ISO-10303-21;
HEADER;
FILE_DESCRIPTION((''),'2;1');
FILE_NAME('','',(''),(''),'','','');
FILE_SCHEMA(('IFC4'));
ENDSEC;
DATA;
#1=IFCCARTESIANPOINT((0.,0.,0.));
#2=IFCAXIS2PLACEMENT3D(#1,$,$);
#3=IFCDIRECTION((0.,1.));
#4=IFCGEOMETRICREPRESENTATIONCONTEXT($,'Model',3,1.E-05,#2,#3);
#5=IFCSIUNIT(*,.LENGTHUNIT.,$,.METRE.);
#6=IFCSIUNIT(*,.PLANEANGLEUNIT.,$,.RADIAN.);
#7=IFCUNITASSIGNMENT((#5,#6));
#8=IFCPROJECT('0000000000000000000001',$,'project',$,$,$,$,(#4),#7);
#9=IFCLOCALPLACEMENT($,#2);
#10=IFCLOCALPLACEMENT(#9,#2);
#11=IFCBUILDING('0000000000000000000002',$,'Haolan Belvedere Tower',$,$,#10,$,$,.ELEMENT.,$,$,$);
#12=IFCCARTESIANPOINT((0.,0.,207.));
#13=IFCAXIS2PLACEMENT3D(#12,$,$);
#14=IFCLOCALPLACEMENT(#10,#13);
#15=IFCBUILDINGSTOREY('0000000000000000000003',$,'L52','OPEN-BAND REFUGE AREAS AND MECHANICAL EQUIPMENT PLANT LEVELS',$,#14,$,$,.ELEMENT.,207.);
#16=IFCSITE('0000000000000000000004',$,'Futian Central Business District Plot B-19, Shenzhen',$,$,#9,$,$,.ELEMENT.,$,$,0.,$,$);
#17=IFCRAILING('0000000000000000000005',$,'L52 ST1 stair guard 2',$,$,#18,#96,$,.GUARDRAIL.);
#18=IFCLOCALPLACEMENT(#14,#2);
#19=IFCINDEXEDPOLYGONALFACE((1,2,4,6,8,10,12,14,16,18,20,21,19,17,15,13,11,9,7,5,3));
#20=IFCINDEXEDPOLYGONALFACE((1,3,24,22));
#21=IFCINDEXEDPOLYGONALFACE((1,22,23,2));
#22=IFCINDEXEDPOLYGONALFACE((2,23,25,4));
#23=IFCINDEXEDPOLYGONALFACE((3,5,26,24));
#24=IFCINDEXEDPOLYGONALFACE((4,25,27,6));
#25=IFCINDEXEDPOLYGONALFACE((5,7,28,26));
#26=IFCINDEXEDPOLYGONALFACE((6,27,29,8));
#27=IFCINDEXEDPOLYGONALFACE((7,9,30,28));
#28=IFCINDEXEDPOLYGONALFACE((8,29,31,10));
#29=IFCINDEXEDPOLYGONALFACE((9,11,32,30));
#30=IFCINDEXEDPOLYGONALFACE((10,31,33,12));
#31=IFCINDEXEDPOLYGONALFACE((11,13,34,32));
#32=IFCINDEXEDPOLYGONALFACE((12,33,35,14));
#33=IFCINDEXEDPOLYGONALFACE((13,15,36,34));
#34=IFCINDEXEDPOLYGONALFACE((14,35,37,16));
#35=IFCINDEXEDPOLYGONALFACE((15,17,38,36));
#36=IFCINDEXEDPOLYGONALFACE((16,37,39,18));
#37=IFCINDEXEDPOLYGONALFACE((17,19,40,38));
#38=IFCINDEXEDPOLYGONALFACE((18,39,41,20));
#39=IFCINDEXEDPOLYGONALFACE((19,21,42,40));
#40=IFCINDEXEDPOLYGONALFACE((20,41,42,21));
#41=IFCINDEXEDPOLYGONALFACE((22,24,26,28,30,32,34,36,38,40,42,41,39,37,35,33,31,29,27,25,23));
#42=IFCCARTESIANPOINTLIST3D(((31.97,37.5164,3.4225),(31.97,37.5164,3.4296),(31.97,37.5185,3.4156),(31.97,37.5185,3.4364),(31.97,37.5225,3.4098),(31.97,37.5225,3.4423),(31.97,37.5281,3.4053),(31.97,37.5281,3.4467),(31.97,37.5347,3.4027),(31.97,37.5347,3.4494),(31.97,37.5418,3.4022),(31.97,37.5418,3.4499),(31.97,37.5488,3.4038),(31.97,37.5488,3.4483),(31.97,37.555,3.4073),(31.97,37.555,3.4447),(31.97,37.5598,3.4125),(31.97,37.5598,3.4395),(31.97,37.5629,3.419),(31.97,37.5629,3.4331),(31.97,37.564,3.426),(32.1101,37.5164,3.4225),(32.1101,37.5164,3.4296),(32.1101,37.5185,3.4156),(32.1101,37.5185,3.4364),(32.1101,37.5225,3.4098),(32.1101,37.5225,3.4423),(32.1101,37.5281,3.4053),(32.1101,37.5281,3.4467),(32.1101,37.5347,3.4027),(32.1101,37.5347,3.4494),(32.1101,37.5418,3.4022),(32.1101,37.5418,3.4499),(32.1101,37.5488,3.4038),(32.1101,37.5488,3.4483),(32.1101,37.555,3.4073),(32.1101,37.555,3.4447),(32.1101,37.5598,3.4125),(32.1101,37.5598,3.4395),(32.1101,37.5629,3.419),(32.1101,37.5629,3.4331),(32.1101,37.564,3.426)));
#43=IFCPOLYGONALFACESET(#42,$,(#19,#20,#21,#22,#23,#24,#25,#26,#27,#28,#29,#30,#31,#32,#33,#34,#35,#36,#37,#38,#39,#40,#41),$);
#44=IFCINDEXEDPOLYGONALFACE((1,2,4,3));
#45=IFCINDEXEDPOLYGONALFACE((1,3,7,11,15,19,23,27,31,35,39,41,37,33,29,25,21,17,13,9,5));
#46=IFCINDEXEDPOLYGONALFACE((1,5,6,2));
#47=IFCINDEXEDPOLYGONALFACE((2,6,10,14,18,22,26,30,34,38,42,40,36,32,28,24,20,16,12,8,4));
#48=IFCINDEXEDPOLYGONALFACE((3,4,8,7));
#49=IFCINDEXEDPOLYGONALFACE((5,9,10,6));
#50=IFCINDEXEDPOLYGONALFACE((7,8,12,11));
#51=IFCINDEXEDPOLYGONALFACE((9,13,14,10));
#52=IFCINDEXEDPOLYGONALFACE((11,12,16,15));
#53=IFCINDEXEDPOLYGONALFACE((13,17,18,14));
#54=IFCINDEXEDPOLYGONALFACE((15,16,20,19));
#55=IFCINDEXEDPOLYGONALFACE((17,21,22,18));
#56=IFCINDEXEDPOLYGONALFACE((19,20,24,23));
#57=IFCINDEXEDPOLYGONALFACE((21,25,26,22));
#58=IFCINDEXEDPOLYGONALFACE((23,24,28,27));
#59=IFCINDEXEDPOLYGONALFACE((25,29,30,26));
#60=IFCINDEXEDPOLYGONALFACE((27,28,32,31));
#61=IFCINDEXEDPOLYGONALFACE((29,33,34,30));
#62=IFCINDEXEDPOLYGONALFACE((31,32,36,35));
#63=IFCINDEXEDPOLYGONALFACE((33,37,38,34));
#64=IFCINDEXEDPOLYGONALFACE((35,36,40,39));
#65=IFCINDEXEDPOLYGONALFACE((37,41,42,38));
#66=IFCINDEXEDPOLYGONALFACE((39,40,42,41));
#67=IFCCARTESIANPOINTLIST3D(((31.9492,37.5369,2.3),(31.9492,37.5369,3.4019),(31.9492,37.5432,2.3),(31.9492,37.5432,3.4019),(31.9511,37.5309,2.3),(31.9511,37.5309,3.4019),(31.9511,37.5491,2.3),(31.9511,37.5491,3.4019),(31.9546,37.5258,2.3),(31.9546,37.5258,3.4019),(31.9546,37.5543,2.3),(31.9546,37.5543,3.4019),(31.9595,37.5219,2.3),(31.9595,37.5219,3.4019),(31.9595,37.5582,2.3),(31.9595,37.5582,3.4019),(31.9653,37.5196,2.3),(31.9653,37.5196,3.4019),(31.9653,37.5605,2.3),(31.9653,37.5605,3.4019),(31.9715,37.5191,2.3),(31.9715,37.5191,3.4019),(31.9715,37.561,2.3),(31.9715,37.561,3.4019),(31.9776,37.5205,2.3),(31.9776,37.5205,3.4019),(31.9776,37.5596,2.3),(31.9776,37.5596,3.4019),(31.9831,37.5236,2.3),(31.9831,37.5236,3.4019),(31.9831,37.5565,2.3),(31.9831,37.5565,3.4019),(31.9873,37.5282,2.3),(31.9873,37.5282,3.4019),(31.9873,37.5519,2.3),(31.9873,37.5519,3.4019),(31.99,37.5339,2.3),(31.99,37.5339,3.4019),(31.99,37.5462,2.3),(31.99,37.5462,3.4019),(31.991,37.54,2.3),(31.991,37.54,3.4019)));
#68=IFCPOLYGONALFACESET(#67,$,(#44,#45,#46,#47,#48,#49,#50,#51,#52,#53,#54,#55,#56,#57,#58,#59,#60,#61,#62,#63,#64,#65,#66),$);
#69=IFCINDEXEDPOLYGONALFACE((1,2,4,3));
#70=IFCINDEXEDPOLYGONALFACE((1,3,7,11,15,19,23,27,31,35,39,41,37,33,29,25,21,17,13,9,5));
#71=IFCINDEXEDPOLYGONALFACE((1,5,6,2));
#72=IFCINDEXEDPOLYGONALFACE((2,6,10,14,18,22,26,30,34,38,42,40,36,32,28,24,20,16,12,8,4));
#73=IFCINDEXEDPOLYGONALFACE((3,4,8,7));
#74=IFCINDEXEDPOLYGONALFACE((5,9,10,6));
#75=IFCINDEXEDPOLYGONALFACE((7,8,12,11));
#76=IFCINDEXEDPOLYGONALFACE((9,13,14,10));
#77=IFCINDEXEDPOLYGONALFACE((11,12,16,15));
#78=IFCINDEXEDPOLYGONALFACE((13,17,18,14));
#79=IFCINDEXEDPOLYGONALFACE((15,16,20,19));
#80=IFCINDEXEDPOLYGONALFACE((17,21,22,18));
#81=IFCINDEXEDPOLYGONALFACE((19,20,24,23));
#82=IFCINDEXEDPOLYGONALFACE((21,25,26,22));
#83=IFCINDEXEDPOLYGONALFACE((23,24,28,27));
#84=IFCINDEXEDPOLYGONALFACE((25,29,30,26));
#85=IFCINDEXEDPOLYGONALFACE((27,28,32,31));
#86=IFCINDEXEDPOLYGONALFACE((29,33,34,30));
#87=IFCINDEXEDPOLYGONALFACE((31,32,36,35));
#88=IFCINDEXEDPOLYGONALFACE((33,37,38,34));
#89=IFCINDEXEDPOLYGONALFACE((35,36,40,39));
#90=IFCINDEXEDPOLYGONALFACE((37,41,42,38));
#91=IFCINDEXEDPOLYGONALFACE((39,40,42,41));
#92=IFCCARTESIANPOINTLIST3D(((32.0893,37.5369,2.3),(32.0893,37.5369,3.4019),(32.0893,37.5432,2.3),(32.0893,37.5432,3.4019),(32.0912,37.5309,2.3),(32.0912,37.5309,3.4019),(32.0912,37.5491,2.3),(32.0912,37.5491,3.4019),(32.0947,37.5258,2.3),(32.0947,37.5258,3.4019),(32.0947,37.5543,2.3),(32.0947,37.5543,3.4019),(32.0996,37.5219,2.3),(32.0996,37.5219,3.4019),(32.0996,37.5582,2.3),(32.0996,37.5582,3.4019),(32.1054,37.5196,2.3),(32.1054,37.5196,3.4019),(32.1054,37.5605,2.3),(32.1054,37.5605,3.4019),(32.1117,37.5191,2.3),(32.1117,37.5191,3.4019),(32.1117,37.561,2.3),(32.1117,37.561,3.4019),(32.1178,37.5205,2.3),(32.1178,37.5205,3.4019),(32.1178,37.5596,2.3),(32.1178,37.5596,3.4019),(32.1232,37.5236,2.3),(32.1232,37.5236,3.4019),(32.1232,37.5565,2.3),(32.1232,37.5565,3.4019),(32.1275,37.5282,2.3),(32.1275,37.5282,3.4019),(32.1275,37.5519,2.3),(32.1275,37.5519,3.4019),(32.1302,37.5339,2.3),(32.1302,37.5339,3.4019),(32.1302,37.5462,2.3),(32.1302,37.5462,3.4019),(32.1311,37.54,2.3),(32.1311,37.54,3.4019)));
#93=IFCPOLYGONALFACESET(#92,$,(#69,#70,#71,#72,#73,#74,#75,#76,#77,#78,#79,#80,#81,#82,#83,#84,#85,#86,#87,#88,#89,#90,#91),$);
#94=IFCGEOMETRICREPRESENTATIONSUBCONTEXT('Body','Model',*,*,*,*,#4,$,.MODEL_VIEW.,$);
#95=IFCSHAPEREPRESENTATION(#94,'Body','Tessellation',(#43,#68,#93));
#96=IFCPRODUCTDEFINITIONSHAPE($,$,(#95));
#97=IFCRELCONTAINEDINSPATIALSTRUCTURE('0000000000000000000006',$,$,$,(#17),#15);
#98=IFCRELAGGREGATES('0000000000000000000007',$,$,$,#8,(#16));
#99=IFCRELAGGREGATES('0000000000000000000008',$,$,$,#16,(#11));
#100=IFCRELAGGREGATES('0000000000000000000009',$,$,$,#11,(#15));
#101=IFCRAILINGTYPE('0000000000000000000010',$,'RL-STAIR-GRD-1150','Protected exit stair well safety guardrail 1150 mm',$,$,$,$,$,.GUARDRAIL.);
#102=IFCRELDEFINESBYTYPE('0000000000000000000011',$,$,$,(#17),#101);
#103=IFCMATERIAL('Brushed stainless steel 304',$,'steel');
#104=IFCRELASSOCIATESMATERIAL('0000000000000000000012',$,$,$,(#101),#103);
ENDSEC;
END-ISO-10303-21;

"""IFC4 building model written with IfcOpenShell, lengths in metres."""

from ifc_helpers import new_model, si_unit, direction, frame, origin, origin_2d, place, context, subcontext, project, spatial, circle, extrude, material, type_object, element, save


model = new_model("IFC4")

# Units and contexts
model_context = context("Model", 3, precision=1e-05, world=origin(), true_north=direction((0.0, 1.0)))
body_context = subcontext(model_context, "Body", "Model", "MODEL_VIEW")
ifc_project = project(units=[si_unit("LENGTHUNIT", "METRE"), si_unit("PLANEANGLEUNIT", "RADIAN")], contexts=[model_context])

# Site, building, storey
site_placement = place(None, origin())
site = spatial("IfcSite", under=ifc_project, at=site_placement, Name="Futian Central Business District Plot B-19, Shenzhen", CompositionType="ELEMENT", RefElevation=0.0)
building_placement = place(site_placement, origin())
building = spatial("IfcBuilding", under=site, at=building_placement, Name="Haolan Belvedere Tower", CompositionType="ELEMENT")
storey_placement = place(building_placement, frame((0.0, 0.0, 207.0)))
storey = spatial("IfcBuildingStorey", under=building, at=storey_placement, Name="L52", Description="OPEN-BAND REFUGE AREAS AND MECHANICAL EQUIPMENT PLANT LEVELS", CompositionType="ELEMENT", Elevation=207.0)

# Railing
ifc_material_1 = material(Name="Brushed stainless steel 304", Category="steel")
railing_type_1 = type_object("IfcRailingType", Name="RL-STAIR-GRD-1150", Description="Protected exit stair well safety guardrail 1150 mm", PredefinedType="GUARDRAIL", material=ifc_material_1)
railing_1_placement = place(storey_placement, frame((31.97, 37.54, 2.3)))
element("IfcRailing", 1, at=railing_1_placement, inside=storey, type_object=railing_type_1, Name="L52 ST1 stair guard 2", PredefinedType="GUARDRAIL", context=body_context, shape_type="SweptSolid", body=[
    extrude(circle(Radius=0.0239, at=origin_2d()), frame((0.0, 0.0, 1.126), z_axis=(1.0, 0.0, 0.0), x_axis=(0.0, 1.0, 0.0)), (0.0, 0.0, 1.0), 0.1401),
    extrude(circle(Radius=0.021, at=origin_2d()), origin(), (0.0, 0.0, 1.0), 1.1018),
    extrude(circle(Radius=0.021, at=origin_2d()), frame((0.1401, 0.0, 0.0)), (0.0, 0.0, 1.0), 1.1018),
])

save(model, "model.ifc")
